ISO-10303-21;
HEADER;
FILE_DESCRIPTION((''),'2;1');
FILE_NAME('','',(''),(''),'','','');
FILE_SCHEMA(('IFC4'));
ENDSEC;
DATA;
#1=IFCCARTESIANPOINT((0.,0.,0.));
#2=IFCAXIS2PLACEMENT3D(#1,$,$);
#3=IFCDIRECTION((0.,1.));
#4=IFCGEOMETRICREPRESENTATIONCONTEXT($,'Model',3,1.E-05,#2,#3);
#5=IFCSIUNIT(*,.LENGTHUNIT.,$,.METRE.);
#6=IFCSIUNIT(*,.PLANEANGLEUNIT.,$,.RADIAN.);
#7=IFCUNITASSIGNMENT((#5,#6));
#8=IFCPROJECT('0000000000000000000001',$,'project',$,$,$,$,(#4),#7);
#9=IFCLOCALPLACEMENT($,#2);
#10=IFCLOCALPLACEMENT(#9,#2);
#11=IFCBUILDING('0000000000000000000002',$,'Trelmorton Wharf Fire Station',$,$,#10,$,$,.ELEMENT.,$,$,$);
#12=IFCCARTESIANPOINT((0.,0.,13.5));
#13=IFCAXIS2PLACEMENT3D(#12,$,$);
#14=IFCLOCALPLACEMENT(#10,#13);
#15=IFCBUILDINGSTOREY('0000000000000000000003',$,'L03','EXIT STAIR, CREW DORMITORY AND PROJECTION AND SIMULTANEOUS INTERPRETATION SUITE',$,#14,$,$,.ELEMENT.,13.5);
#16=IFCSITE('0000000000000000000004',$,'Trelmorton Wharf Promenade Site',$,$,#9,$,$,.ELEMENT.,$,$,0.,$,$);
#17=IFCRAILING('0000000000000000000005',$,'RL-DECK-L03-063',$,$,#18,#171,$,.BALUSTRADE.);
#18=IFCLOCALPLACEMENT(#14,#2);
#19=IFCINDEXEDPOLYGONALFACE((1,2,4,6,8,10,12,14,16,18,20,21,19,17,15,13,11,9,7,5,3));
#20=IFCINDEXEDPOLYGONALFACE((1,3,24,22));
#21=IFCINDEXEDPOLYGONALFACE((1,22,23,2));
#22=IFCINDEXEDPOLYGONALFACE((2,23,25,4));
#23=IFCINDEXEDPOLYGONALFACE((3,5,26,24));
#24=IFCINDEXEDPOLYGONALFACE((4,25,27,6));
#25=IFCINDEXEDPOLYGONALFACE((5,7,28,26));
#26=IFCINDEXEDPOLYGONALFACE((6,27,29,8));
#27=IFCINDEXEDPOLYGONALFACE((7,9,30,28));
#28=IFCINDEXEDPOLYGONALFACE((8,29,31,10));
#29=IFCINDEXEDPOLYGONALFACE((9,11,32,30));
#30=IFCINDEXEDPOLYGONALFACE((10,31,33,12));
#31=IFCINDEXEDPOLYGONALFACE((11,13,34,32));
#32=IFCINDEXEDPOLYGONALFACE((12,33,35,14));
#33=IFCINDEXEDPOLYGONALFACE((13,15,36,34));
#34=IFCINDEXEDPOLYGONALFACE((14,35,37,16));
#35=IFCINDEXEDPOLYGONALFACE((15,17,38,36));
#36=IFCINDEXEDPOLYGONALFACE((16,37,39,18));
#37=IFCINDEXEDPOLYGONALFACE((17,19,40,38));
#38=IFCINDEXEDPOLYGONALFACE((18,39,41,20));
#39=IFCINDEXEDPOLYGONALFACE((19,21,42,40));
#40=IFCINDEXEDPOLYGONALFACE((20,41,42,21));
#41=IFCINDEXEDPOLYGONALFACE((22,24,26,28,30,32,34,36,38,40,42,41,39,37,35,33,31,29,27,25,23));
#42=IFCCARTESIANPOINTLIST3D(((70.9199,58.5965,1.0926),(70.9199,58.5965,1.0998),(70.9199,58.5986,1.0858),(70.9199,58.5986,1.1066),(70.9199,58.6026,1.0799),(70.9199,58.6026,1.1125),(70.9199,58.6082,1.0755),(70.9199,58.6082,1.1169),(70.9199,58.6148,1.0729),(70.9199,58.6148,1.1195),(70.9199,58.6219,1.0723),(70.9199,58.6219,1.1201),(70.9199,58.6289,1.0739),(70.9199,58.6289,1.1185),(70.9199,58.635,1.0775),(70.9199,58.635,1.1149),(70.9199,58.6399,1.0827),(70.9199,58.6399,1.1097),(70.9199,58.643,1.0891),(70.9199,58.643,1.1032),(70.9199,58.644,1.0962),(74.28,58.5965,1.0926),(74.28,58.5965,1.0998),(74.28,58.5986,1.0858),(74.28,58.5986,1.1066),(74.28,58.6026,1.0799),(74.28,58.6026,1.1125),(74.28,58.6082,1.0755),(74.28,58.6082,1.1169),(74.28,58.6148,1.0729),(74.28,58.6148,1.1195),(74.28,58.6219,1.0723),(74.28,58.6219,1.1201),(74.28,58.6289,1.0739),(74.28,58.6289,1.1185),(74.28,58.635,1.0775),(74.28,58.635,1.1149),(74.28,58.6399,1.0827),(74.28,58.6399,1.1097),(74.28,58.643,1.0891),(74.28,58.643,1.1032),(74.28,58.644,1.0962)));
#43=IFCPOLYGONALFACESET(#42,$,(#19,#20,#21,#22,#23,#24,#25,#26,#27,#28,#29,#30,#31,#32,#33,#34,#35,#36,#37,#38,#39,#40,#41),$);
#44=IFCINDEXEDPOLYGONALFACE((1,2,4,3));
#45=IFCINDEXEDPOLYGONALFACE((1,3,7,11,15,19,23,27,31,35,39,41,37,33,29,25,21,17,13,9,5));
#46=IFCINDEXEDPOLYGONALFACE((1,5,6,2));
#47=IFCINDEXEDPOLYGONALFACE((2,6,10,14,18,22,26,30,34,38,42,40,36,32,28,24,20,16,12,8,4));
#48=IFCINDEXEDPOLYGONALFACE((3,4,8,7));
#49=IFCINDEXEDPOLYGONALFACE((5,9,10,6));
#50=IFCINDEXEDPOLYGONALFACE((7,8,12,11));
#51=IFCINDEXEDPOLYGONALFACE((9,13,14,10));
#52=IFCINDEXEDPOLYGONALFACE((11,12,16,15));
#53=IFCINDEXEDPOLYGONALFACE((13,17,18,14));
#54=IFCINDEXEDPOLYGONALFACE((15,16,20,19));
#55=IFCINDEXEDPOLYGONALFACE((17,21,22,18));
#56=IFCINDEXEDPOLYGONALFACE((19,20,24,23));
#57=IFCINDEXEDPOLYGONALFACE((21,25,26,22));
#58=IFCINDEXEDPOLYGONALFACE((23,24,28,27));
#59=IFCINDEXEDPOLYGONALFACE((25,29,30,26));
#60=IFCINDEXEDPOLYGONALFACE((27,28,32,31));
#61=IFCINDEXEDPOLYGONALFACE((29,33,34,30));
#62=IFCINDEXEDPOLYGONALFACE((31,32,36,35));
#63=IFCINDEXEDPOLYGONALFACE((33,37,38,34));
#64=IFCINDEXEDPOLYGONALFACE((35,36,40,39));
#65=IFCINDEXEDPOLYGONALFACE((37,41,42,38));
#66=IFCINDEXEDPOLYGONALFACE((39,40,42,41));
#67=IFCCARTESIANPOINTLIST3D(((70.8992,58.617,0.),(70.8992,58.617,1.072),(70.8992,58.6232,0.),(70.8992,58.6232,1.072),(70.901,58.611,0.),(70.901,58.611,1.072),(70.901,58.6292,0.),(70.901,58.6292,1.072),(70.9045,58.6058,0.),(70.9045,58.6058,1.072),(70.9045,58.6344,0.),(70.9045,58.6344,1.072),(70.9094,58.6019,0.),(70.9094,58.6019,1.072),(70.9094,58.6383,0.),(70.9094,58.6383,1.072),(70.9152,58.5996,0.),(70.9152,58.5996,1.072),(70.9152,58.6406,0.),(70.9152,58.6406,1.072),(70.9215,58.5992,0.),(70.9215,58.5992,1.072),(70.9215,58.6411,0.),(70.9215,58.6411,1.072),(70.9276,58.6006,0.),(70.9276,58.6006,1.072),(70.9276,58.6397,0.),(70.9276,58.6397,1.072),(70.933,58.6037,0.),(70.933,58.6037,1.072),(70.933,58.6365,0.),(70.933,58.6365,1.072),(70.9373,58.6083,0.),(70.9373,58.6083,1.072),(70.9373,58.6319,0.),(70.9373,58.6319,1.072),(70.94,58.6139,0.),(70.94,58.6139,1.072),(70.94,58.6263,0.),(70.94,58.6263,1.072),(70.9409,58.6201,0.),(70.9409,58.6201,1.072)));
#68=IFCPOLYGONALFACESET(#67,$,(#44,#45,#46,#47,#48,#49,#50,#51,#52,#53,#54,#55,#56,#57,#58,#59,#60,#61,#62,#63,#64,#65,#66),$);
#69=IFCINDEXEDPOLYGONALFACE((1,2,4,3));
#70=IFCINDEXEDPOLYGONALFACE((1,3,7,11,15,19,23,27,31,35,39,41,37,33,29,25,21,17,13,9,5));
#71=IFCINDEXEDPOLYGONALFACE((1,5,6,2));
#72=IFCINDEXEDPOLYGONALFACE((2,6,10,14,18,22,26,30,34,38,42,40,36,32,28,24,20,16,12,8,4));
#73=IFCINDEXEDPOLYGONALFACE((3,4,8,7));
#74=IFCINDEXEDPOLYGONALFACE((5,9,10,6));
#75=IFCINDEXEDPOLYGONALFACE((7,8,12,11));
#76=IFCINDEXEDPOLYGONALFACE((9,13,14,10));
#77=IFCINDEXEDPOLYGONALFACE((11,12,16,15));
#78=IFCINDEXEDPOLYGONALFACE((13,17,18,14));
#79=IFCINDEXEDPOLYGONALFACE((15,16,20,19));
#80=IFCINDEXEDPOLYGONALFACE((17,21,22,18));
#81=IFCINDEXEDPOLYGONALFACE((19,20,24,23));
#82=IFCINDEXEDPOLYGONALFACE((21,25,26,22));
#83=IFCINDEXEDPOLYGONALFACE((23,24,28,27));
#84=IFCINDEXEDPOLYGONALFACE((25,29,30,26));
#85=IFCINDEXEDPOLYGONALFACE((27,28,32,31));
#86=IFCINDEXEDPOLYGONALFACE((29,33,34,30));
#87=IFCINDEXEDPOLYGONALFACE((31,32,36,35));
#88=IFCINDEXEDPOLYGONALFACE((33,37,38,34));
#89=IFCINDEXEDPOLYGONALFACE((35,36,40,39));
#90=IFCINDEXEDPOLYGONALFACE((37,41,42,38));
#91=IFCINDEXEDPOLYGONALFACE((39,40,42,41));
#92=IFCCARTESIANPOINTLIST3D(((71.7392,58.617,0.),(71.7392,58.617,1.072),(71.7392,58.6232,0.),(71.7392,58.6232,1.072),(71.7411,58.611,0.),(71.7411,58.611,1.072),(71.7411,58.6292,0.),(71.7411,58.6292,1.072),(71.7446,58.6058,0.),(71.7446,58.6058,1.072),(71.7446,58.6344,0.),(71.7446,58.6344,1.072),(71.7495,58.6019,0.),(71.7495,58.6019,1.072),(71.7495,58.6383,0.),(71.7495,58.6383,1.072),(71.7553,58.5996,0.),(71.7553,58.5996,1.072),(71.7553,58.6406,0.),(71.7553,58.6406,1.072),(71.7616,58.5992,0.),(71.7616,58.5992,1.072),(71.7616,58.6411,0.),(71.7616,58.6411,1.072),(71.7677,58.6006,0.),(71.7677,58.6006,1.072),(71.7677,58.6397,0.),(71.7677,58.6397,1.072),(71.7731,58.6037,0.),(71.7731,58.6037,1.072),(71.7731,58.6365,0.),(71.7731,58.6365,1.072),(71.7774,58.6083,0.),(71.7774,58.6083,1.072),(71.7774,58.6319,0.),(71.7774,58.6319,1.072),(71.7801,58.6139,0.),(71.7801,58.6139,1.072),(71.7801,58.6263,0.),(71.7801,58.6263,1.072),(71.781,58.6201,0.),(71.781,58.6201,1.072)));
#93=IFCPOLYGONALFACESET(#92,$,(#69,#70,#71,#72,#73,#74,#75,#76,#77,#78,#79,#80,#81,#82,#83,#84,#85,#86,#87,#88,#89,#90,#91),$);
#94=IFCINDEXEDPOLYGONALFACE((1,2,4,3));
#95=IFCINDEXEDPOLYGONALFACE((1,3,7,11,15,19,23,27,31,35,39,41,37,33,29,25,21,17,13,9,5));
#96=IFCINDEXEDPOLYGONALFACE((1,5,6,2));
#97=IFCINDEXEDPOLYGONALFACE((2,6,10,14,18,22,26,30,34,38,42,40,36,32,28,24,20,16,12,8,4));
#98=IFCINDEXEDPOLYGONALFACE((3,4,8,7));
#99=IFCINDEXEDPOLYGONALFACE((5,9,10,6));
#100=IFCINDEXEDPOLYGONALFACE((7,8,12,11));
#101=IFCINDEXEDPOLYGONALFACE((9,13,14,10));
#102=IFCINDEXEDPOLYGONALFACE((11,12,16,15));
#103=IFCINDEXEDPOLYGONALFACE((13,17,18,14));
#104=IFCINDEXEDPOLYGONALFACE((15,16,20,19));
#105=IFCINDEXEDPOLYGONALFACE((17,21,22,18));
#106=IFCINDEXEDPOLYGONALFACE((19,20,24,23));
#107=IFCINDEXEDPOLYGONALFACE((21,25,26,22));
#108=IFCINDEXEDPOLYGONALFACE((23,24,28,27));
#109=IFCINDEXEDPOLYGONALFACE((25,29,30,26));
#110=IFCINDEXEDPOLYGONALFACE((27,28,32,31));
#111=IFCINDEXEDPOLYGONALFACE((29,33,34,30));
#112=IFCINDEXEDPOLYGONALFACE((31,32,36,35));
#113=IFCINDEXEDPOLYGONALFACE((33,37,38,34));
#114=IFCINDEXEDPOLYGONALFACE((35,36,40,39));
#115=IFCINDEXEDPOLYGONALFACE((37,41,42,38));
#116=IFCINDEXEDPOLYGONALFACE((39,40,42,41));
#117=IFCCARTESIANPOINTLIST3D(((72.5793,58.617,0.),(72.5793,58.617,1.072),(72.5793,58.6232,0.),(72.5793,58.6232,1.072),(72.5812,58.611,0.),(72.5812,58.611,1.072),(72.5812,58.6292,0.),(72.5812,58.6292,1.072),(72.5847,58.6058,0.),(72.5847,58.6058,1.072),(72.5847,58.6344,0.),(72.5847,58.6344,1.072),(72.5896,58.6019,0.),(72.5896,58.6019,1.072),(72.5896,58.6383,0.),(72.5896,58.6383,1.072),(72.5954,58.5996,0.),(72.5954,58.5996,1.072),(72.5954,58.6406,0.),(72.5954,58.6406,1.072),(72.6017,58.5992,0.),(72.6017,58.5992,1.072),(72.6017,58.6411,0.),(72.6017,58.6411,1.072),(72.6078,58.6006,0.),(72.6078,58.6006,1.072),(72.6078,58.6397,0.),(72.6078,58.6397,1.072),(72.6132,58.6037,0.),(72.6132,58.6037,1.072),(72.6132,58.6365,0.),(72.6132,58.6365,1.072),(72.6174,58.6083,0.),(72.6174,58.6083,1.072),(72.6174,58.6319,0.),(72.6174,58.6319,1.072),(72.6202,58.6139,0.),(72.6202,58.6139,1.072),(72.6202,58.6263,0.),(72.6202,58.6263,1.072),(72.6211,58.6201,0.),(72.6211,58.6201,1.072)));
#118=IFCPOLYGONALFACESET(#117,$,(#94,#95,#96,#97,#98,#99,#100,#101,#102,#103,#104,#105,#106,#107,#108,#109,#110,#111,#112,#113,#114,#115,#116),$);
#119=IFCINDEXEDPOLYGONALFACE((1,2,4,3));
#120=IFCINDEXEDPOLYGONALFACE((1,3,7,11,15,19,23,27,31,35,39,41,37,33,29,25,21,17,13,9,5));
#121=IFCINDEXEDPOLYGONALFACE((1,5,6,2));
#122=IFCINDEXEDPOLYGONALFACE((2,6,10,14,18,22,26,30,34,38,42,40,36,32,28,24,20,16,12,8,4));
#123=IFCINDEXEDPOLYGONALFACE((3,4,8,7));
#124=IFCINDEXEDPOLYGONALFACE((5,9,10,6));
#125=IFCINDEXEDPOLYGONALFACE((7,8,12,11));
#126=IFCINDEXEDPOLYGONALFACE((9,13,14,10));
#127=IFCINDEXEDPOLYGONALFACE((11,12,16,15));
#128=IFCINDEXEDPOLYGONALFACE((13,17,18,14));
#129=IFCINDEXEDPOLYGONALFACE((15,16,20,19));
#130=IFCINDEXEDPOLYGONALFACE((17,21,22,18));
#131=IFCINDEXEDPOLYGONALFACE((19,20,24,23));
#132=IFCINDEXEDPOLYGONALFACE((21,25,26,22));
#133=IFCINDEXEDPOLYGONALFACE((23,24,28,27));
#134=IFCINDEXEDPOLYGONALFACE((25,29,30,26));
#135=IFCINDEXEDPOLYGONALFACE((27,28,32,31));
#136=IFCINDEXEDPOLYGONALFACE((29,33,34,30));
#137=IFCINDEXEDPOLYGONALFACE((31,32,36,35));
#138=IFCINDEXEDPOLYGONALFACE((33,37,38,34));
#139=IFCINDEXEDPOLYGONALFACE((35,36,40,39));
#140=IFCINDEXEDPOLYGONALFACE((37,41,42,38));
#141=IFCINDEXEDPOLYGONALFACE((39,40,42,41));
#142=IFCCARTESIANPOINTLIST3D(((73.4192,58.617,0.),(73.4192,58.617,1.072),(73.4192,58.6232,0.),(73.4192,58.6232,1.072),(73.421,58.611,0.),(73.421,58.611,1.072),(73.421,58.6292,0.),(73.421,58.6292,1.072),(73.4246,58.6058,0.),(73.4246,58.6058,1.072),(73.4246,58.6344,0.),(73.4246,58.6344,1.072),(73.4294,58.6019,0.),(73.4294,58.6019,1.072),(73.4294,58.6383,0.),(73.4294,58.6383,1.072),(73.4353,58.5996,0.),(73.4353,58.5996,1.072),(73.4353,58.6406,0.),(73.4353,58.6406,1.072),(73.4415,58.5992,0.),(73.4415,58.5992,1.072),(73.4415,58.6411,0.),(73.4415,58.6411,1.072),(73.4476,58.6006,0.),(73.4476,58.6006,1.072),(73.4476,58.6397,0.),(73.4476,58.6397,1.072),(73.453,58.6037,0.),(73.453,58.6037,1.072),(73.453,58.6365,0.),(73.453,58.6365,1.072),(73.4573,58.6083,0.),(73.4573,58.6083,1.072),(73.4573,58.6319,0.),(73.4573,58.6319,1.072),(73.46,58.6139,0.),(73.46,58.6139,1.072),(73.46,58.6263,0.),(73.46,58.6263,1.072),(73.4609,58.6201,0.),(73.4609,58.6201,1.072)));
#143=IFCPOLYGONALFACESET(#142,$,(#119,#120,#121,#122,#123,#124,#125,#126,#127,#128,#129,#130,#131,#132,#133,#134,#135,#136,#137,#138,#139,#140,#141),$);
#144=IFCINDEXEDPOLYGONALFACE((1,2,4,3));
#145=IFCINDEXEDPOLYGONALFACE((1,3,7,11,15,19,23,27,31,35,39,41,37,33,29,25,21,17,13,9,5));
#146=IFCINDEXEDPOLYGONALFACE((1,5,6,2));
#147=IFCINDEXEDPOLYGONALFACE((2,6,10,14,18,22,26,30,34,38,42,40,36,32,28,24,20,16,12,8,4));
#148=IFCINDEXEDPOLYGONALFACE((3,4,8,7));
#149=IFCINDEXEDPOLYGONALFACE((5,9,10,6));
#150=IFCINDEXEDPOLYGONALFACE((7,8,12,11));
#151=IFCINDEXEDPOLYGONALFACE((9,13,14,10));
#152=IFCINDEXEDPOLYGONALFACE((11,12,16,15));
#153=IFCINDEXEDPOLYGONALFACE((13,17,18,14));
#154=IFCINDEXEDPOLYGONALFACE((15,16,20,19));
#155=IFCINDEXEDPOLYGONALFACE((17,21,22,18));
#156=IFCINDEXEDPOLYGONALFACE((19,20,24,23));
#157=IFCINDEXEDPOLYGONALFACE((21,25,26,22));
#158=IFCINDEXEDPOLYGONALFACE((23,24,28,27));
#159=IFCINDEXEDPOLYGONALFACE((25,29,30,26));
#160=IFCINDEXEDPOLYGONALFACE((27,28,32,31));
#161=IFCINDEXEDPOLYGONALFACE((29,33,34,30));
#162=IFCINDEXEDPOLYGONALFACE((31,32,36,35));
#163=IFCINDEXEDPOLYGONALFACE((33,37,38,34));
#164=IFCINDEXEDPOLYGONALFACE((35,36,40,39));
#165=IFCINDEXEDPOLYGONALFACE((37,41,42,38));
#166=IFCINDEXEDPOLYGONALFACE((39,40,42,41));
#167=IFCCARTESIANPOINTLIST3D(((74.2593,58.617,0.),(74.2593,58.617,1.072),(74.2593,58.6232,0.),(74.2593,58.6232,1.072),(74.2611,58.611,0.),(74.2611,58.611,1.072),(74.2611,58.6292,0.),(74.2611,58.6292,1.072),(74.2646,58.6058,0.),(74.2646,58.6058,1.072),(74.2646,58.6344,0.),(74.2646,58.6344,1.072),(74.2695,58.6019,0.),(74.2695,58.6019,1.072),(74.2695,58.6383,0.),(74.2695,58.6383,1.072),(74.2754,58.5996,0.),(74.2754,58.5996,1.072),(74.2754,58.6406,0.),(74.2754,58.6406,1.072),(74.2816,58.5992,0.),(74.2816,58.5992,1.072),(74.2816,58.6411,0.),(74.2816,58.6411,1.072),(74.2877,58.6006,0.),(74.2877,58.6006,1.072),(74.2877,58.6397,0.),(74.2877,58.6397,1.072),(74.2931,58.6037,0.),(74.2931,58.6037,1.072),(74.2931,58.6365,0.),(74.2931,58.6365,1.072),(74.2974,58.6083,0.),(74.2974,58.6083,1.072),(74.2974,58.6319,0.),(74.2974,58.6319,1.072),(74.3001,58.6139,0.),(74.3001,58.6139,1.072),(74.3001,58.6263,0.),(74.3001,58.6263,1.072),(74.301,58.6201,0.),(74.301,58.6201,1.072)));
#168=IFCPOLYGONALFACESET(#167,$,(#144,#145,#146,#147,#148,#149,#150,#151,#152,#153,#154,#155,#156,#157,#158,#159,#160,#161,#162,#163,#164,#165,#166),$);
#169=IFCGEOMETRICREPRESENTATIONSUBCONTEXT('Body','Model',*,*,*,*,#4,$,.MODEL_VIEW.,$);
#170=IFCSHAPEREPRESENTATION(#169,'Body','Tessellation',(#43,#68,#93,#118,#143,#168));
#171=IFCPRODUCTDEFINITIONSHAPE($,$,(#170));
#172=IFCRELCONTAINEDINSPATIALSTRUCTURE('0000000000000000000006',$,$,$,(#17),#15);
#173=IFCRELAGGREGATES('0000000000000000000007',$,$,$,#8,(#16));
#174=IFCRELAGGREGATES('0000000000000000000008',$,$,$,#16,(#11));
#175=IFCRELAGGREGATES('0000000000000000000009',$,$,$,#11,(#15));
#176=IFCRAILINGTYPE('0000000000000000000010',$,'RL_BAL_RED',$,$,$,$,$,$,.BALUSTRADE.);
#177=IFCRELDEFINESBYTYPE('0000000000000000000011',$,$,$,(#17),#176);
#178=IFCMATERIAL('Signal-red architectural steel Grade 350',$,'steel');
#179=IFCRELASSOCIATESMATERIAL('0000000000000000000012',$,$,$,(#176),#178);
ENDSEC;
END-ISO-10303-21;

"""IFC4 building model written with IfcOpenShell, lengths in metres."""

from ifc_helpers import new_model, si_unit, direction, frame, origin, origin_2d, place, context, subcontext, project, spatial, circle, extrude, material, type_object, element, save


model = new_model("IFC4")

# Units and contexts
model_context = context("Model", 3, precision=1e-05, world=origin(), true_north=direction((0.0, 1.0)))
body_context = subcontext(model_context, "Body", "Model", "MODEL_VIEW")
ifc_project = project(units=[si_unit("LENGTHUNIT", "METRE"), si_unit("PLANEANGLEUNIT", "RADIAN")], contexts=[model_context])

# Site, building, storey
site_placement = place(None, origin())
site = spatial("IfcSite", under=ifc_project, at=site_placement, Name="Trelmorton Wharf Promenade Site", CompositionType="ELEMENT", RefElevation=0.0)
building_placement = place(site_placement, origin())
building = spatial("IfcBuilding", under=site, at=building_placement, Name="Trelmorton Wharf Fire Station", CompositionType="ELEMENT")
storey_placement = place(building_placement, frame((0.0, 0.0, 13.5)))
storey = spatial("IfcBuildingStorey", under=building, at=storey_placement, Name="L03", Description="EXIT STAIR, CREW DORMITORY AND PROJECTION AND SIMULTANEOUS INTERPRETATION SUITE", CompositionType="ELEMENT", Elevation=13.5)

# Shared definitions
ifc_material_1 = material(Name="Signal-red architectural steel Grade 350", Category="steel")

# Railing
railing_type_1 = type_object("IfcRailingType", Name="RL_BAL_RED", PredefinedType="BALUSTRADE", material=ifc_material_1)
railing_1_placement = place(storey_placement, frame((70.9199, 58.6201, 0.0)))
element("IfcRailing", 1, at=railing_1_placement, inside=storey, type_object=railing_type_1, Name="RL-DECK-L03-063", PredefinedType="BALUSTRADE", context=body_context, shape_type="SweptSolid", body=[
    extrude(circle(Radius=0.0239, at=origin_2d()), frame((0.0, 0.0, 1.0962), z_axis=(1.0, 0.0, 0.0), x_axis=(0.0, 1.0, 0.0)), (0.0, 0.0, 1.0), 3.3601),
    extrude(circle(Radius=0.021, at=origin_2d()), origin(), (0.0, 0.0, 1.0), 1.072),
    extrude(circle(Radius=0.021, at=origin_2d()), frame((0.8401, 0.0, 0.0)), (0.0, 0.0, 1.0), 1.072),
    extrude(circle(Radius=0.021, at=origin_2d()), frame((1.6802, 0.0, 0.0)), (0.0, 0.0, 1.0), 1.072),
    extrude(circle(Radius=0.021, at=origin_2d()), frame((2.52, 0.0, 0.0)), (0.0, 0.0, 1.0), 1.072),
    extrude(circle(Radius=0.021, at=origin_2d()), frame((3.3601, 0.0, 0.0)), (0.0, 0.0, 1.0), 1.072),
])

save(model, "model.ifc")
